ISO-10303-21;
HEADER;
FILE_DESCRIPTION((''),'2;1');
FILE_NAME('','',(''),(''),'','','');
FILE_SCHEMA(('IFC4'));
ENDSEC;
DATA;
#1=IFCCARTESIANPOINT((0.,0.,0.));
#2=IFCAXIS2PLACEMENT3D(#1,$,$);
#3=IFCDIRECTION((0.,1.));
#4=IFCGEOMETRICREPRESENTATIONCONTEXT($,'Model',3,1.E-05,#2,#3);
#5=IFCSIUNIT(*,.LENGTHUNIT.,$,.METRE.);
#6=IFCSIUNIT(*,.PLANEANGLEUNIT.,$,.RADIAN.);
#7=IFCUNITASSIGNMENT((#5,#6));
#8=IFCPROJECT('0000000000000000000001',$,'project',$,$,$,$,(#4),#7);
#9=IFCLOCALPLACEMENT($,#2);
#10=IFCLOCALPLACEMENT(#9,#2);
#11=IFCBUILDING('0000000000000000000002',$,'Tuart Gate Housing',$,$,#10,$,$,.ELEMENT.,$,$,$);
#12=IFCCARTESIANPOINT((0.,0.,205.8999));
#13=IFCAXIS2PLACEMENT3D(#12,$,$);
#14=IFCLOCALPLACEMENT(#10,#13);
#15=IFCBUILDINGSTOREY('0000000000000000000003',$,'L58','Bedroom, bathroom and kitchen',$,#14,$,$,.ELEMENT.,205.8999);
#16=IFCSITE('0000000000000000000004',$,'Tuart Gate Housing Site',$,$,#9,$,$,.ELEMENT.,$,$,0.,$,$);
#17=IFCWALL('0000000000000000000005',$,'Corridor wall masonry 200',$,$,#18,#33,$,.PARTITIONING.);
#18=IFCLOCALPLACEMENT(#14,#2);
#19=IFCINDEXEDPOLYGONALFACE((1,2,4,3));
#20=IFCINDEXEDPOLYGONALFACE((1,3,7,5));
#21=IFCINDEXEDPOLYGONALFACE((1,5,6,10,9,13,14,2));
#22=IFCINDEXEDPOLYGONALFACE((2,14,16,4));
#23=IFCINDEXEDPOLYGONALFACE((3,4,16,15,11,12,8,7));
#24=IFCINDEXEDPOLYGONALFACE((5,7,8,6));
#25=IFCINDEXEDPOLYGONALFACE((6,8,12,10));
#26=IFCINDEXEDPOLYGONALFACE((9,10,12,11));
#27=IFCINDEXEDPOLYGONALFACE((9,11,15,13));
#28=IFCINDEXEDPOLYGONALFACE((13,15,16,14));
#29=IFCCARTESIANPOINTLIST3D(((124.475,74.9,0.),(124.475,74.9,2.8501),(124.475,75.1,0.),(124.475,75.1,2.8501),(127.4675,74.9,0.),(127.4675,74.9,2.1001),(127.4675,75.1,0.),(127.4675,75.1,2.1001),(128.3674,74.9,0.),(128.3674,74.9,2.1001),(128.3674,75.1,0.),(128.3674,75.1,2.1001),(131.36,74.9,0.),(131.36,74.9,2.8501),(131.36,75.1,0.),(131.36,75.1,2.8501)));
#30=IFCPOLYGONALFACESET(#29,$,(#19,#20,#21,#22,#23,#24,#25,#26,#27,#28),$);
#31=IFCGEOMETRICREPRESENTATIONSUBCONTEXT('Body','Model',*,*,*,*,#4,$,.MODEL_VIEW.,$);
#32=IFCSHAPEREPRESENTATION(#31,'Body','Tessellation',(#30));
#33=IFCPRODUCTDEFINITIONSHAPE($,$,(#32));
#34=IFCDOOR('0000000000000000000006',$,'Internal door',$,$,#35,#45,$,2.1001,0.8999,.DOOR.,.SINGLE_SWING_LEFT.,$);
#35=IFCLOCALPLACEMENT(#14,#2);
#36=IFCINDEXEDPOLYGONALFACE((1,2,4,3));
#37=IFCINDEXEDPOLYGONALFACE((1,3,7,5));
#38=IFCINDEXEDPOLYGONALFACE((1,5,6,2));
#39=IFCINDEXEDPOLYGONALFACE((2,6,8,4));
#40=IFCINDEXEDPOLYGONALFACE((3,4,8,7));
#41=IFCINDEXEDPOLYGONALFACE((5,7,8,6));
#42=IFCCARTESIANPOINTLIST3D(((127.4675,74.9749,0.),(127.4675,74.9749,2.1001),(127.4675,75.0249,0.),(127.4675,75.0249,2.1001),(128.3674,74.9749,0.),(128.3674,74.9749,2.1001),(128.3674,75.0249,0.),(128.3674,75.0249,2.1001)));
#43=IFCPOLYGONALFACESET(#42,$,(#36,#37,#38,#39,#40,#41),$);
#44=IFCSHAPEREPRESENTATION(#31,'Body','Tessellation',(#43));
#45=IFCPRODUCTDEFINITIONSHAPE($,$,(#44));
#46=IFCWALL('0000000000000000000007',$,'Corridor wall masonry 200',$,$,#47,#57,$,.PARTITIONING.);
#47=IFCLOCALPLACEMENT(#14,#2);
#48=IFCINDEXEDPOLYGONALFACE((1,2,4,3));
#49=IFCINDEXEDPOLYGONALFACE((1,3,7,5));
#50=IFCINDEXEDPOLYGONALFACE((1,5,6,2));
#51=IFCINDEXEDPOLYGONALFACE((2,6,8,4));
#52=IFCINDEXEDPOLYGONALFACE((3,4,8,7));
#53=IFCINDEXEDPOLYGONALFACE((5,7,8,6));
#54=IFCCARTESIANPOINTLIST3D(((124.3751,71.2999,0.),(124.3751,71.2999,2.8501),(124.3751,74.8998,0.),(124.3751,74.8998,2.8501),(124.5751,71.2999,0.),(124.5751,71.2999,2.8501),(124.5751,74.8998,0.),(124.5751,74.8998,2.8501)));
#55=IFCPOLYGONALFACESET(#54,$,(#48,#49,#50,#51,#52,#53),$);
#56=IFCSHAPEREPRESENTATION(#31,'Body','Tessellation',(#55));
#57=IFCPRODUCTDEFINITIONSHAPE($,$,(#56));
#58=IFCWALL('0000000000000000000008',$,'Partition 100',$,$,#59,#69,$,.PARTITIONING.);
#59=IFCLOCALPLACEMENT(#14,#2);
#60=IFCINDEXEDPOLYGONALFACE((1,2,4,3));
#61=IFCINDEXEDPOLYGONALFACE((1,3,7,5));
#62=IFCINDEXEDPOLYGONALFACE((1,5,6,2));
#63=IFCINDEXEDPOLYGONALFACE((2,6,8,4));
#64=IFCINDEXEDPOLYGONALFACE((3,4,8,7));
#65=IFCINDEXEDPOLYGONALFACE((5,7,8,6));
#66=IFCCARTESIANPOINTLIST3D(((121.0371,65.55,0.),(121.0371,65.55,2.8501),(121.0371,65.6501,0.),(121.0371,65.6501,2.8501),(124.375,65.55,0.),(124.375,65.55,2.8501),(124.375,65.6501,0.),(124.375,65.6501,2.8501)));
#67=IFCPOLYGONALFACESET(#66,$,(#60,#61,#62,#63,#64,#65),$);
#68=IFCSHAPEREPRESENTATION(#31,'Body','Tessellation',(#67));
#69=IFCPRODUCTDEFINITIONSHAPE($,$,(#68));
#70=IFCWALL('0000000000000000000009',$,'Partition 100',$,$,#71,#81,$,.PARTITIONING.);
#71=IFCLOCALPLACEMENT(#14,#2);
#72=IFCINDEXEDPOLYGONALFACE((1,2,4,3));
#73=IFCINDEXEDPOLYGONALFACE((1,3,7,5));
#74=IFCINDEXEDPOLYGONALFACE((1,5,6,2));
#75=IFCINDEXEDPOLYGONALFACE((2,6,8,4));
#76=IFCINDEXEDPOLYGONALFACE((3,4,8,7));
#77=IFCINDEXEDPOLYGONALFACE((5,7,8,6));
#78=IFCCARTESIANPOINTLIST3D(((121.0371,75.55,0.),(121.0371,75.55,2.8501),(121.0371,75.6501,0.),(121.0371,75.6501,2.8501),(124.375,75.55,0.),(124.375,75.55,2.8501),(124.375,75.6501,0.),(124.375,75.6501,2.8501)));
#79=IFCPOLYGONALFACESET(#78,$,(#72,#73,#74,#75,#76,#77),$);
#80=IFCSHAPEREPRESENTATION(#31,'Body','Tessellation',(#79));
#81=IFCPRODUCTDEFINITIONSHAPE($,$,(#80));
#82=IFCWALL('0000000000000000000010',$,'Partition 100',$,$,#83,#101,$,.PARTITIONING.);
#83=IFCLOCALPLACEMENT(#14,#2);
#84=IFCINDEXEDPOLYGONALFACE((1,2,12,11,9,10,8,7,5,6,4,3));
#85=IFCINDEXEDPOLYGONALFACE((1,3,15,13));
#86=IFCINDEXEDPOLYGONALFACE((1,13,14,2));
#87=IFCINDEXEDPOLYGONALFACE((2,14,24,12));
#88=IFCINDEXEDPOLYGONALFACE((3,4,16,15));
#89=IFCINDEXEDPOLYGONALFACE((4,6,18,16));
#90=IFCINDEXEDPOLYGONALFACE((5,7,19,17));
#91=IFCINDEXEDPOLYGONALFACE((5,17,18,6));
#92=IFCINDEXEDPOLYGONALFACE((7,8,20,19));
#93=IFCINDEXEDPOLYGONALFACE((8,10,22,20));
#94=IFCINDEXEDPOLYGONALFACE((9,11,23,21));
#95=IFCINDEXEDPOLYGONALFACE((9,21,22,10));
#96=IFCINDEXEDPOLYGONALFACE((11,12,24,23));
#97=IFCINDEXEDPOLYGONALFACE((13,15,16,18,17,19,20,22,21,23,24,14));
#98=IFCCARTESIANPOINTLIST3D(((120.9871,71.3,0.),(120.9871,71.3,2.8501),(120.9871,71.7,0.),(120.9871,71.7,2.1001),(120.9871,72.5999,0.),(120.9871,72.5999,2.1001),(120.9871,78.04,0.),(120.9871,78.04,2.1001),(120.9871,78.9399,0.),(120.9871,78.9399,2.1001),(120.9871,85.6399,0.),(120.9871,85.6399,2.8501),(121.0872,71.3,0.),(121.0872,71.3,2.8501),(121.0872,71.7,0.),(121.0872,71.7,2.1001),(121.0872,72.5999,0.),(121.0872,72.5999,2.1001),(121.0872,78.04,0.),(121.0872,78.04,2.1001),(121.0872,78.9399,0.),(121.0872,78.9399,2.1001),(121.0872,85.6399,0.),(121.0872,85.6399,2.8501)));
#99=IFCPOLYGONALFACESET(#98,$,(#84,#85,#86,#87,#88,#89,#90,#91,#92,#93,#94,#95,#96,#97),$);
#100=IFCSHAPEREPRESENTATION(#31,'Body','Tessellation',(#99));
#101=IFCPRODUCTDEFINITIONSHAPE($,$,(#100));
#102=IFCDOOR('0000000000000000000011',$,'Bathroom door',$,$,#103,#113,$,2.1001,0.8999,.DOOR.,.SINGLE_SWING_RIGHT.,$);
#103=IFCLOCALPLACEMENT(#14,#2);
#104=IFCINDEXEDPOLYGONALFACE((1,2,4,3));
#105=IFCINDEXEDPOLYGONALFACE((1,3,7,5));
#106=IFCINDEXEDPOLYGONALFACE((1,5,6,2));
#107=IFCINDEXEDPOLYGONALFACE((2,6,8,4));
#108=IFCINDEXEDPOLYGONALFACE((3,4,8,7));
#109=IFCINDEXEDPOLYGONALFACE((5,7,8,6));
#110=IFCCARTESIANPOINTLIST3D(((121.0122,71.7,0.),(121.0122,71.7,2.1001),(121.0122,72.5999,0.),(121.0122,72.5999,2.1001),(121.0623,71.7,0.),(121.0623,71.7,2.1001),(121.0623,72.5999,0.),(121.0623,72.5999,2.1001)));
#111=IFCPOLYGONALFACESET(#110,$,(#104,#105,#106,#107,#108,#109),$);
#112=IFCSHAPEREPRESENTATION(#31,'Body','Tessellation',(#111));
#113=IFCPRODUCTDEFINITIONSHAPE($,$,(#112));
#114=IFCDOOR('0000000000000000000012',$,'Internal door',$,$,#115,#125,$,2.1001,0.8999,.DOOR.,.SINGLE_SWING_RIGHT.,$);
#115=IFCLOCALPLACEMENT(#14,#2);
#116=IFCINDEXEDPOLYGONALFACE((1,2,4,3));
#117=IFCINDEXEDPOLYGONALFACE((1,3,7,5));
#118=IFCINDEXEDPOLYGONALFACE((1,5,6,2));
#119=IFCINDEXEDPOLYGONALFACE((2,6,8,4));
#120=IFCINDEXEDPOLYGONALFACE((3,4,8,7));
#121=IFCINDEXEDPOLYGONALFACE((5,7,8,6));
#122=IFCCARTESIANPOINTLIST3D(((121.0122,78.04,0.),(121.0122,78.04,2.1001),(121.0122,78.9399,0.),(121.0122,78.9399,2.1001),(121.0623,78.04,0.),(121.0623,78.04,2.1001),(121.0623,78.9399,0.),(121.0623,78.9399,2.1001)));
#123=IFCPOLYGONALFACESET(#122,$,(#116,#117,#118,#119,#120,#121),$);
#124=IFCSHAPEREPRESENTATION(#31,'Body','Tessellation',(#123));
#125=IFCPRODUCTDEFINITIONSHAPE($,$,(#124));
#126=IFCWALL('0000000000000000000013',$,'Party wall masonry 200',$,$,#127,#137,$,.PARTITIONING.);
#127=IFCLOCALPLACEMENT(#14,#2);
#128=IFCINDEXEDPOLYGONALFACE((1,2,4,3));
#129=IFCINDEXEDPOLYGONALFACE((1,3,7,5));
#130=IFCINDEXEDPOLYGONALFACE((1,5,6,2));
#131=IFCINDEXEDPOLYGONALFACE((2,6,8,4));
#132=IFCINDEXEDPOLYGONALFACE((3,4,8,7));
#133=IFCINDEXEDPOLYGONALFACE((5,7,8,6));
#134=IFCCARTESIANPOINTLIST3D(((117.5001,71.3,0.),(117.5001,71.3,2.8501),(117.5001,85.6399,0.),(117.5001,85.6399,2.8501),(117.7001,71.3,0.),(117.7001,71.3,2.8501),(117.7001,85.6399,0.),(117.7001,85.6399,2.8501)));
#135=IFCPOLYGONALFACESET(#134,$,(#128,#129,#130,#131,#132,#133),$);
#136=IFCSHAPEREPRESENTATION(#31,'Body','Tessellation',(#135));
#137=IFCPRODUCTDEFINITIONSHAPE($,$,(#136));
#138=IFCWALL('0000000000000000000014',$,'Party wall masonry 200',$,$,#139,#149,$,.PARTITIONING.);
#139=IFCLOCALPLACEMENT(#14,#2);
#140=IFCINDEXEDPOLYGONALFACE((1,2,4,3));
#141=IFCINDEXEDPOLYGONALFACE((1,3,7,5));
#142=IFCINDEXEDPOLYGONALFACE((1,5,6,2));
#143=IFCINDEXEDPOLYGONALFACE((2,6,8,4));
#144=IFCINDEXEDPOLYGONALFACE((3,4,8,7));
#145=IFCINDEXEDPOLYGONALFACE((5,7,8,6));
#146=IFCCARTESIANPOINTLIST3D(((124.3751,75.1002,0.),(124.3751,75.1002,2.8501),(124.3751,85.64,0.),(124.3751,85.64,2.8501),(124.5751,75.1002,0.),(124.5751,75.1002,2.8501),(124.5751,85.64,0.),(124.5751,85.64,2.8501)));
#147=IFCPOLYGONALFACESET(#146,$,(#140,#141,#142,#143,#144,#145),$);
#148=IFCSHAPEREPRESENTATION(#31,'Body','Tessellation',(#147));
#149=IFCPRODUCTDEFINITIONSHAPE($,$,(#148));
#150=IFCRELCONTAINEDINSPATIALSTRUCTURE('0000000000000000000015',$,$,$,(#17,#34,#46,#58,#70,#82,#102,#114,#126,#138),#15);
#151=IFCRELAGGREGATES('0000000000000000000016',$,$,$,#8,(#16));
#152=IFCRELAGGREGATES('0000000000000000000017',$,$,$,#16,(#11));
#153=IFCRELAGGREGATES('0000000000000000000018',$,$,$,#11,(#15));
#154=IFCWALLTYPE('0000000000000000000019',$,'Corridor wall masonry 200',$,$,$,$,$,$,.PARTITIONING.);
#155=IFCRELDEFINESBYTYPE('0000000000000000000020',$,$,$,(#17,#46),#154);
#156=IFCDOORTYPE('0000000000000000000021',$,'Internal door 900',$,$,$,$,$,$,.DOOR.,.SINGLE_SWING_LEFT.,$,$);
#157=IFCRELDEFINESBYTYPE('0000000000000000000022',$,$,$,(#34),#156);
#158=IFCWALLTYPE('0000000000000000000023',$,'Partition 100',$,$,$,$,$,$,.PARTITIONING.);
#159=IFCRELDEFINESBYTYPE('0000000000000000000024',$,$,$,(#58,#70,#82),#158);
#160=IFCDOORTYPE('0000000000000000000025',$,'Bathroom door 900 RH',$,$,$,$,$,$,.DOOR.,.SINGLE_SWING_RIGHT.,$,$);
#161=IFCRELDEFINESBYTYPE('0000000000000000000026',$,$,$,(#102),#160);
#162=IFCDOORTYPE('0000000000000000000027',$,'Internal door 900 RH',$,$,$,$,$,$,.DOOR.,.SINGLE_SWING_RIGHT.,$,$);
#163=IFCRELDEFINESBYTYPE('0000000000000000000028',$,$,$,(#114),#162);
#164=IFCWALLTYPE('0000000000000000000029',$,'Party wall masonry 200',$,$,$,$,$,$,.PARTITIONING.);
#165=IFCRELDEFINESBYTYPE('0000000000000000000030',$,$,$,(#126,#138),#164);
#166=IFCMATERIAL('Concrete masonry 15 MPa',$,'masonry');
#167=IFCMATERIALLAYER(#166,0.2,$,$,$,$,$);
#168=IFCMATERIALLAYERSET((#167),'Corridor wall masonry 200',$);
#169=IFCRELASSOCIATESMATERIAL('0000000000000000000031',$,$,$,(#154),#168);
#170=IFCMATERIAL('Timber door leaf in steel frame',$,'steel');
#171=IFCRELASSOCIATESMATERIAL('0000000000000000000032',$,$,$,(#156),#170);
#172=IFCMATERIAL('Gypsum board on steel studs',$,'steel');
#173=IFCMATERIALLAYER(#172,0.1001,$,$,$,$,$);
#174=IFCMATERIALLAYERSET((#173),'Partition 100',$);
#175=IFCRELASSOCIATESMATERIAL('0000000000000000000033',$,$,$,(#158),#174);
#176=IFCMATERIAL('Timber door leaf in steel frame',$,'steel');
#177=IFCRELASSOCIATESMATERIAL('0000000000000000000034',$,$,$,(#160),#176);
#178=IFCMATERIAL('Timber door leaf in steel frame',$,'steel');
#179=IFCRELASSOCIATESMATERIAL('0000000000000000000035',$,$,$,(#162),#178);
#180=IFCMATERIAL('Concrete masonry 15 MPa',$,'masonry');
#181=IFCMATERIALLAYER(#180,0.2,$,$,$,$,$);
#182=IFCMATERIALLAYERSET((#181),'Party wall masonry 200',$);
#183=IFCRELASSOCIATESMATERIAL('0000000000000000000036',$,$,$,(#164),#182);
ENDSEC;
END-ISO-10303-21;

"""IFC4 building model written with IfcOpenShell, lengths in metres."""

from ifc_helpers import new_model, si_unit, direction, frame, frame_2d, origin, place, context, subcontext, project, spatial, rectangle, extrude, material, layer, layer_set, type_object, element, fill, save


model = new_model("IFC4")

# Units and contexts
model_context = context("Model", 3, precision=1e-05, world=origin(), true_north=direction((0.0, 1.0)))
body_context = subcontext(model_context, "Body", "Model", "MODEL_VIEW")
ifc_project = project(units=[si_unit("LENGTHUNIT", "METRE"), si_unit("PLANEANGLEUNIT", "RADIAN")], contexts=[model_context])

# Site, building, storey
site_placement = place(None, origin())
site = spatial("IfcSite", under=ifc_project, at=site_placement, Name="Tuart Gate Housing Site", CompositionType="ELEMENT", RefElevation=0.0)
building_placement = place(site_placement, origin())
building = spatial("IfcBuilding", under=site, at=building_placement, Name="Tuart Gate Housing", CompositionType="ELEMENT")
storey_placement = place(building_placement, frame((0.0, 0.0, 205.8999)))
storey = spatial("IfcBuildingStorey", under=building, at=storey_placement, Name="L58", Description="Bedroom, bathroom and kitchen", CompositionType="ELEMENT", Elevation=205.8999)

# Wall, opening, door
ifc_material_1 = material(Name="Concrete masonry 15 MPa", Category="masonry")
ifc_layer_1 = layer(ifc_material_1, 0.2)
ifc_layer_set_1 = layer_set([ifc_layer_1], Name="Corridor wall masonry 200")
wall_type_1 = type_object("IfcWallType", Name="Corridor wall masonry 200", PredefinedType="PARTITIONING", material=ifc_layer_set_1)
wall_1_placement = place(storey_placement, frame((124.4751, 75.0, 0.0), z_axis=(0.0, 0.0, 1.0), x_axis=(1.0, 0.0, 0.0)))
wall_1 = element("IfcWall", 1, at=wall_1_placement, inside=storey, type_object=wall_type_1, Name="Corridor wall masonry 200", PredefinedType="PARTITIONING", context=body_context, shape_type="SweptSolid", body=[
    extrude(rectangle(XDim=6.885, YDim=0.2, at=frame_2d((3.4424, 0.0))), origin(), (0.0, 0.0, 1.0), 2.8501),
])
opening_1_placement = place(wall_1_placement, frame((2.9924, 0.0, 0.0)))
opening_1 = element("IfcOpeningElement", 2, at=opening_1_placement, cuts=wall_1, PredefinedType="OPENING", context=body_context, shape_type="SweptSolid", body=[
    extrude(rectangle(XDim=0.8999, YDim=2.1001, at=frame_2d((0.45, 1.05))), frame((0.0, 0.1099, 0.0), z_axis=(0.0, -1.0, 0.0), x_axis=(1.0, 0.0, 0.0)), (0.0, 0.0, 1.0), 0.22),
])
ifc_material_2 = material(Name="Timber door leaf in steel frame", Category="steel")
door_type_1 = type_object("IfcDoorType", Name="Internal door 900", OperationType="SINGLE_SWING_LEFT", PredefinedType="DOOR", material=ifc_material_2)
door_1_placement = place(opening_1_placement, origin())
door_1 = element("IfcDoor", 3, at=door_1_placement, inside=storey, type_object=door_type_1, Name="Internal door", OperationType="SINGLE_SWING_LEFT", OverallHeight=2.1001, OverallWidth=0.8999, PredefinedType="DOOR", context=body_context, shape_type="SweptSolid", body=[
    extrude(rectangle(XDim=0.8999, YDim=2.1001, at=frame_2d((0.45, 1.05))), frame((0.0, 0.0249, 0.0), z_axis=(0.0, -1.0, 0.0), x_axis=(1.0, 0.0, 0.0)), (0.0, 0.0, 1.0), 0.05),
])
fill(opening_1, door_1)

# Walls
wall_2_placement = place(storey_placement, frame((124.4751, 71.3, 0.0), z_axis=(0.0, 0.0, 1.0), x_axis=(0.0, 1.0, 0.0)))
element("IfcWall", 4, at=wall_2_placement, inside=storey, type_object=wall_type_1, Name="Corridor wall masonry 200", PredefinedType="PARTITIONING", context=body_context, shape_type="SweptSolid", body=[
    extrude(rectangle(XDim=3.5999, YDim=0.2, at=frame_2d((1.7998, 0.0))), origin(), (0.0, 0.0, 1.0), 2.8501),
])
ifc_material_3 = material(Name="Gypsum board on steel studs", Category="steel")
ifc_layer_2 = layer(ifc_material_3, 0.1001)
ifc_layer_set_2 = layer_set([ifc_layer_2], Name="Partition 100")
wall_type_2 = type_object("IfcWallType", Name="Partition 100", PredefinedType="PARTITIONING", material=ifc_layer_set_2)
for number, where, z_axis, x_axis, name in (
    (5, (121.0371, 65.6001, 0.0), (0.0, 0.0, 1.0), (1.0, 0.0, 0.0), "Partition 100"),
    (6, (121.0371, 75.6001, 0.0), (0.0, 0.0, 1.0), (1.0, 0.0, 0.0), "Partition 100"),
):
    element("IfcWall", number, at=place(storey_placement, frame(where, z_axis=z_axis, x_axis=x_axis)), inside=storey, type_object=wall_type_2, Name=name, PredefinedType="PARTITIONING", context=body_context, shape_type="SweptSolid", body=[
        extrude(rectangle(XDim=3.3379, YDim=0.1001, at=frame_2d((1.6689, 0.0))), origin(), (0.0, 0.0, 1.0), 2.8501),
    ])

# Wall, openings, doors
wall_3_placement = place(storey_placement, frame((121.0371, 71.3, 0.0), z_axis=(0.0, 0.0, 1.0), x_axis=(0.0, 1.0, 0.0)))
wall_3 = element("IfcWall", 7, at=wall_3_placement, inside=storey, type_object=wall_type_2, Name="Partition 100", PredefinedType="PARTITIONING", context=body_context, shape_type="SweptSolid", body=[
    extrude(rectangle(XDim=14.3398, YDim=0.1001, at=frame_2d((7.1699, 0.0))), origin(), (0.0, 0.0, 1.0), 2.8501),
])
opening_2_placement = place(wall_3_placement, frame((6.74, 0.0, 0.0)))
opening_2 = element("IfcOpeningElement", 8, at=opening_2_placement, cuts=wall_3, PredefinedType="OPENING", context=body_context, shape_type="SweptSolid", body=[
    extrude(rectangle(XDim=0.8999, YDim=2.1001, at=frame_2d((0.45, 1.05))), frame((0.0, 0.0601, 0.0), z_axis=(0.0, -1.0, 0.0), x_axis=(1.0, 0.0, 0.0)), (0.0, 0.0, 1.0), 0.1201),
])
opening_3_placement = place(wall_3_placement, frame((0.3999, 0.0, 0.0)))
opening_3 = element("IfcOpeningElement", 9, at=opening_3_placement, cuts=wall_3, PredefinedType="OPENING", context=body_context, shape_type="SweptSolid", body=[
    extrude(rectangle(XDim=0.8999, YDim=2.1001, at=frame_2d((0.45, 1.05))), frame((0.0, 0.0601, 0.0), z_axis=(0.0, -1.0, 0.0), x_axis=(1.0, 0.0, 0.0)), (0.0, 0.0, 1.0), 0.1201),
])
ifc_material_4 = material(Name="Timber door leaf in steel frame", Category="steel")
door_type_2 = type_object("IfcDoorType", Name="Bathroom door 900 RH", OperationType="SINGLE_SWING_RIGHT", PredefinedType="DOOR", material=ifc_material_4)
door_2_placement = place(opening_3_placement, frame((0.8999, 0.0, 0.0), z_axis=(0.0, 0.0, 1.0), x_axis=(-1.0, 0.0, 0.0)))
door_2 = element("IfcDoor", 10, at=door_2_placement, inside=storey, type_object=door_type_2, Name="Bathroom door", OperationType="SINGLE_SWING_RIGHT", OverallHeight=2.1001, OverallWidth=0.8999, PredefinedType="DOOR", context=body_context, shape_type="SweptSolid", body=[
    extrude(rectangle(XDim=0.8999, YDim=2.1001, at=frame_2d((0.45, 1.05))), frame((0.0, 0.0251, 0.0), z_axis=(0.0, -1.0, 0.0), x_axis=(1.0, 0.0, 0.0)), (0.0, 0.0, 1.0), 0.05),
])
fill(opening_3, door_2)
ifc_material_5 = material(Name="Timber door leaf in steel frame", Category="steel")
door_type_3 = type_object("IfcDoorType", Name="Internal door 900 RH", OperationType="SINGLE_SWING_RIGHT", PredefinedType="DOOR", material=ifc_material_5)
door_3_placement = place(opening_2_placement, frame((0.8999, 0.0, 0.0), z_axis=(0.0, 0.0, 1.0), x_axis=(-1.0, 0.0, 0.0)))
door_3 = element("IfcDoor", 11, at=door_3_placement, inside=storey, type_object=door_type_3, Name="Internal door", OperationType="SINGLE_SWING_RIGHT", OverallHeight=2.1001, OverallWidth=0.8999, PredefinedType="DOOR", context=body_context, shape_type="SweptSolid", body=[
    extrude(rectangle(XDim=0.8999, YDim=2.1001, at=frame_2d((0.45, 1.05))), frame((0.0, 0.0251, 0.0), z_axis=(0.0, -1.0, 0.0), x_axis=(1.0, 0.0, 0.0)), (0.0, 0.0, 1.0), 0.05),
])
fill(opening_2, door_3)

# Walls
ifc_material_6 = material(Name="Concrete masonry 15 MPa", Category="masonry")
ifc_layer_3 = layer(ifc_material_6, 0.2)
ifc_layer_set_3 = layer_set([ifc_layer_3], Name="Party wall masonry 200")
wall_type_3 = type_object("IfcWallType", Name="Party wall masonry 200", PredefinedType="PARTITIONING", material=ifc_layer_set_3)
wall_4_placement = place(storey_placement, frame((117.6001, 71.3, 0.0), z_axis=(0.0, 0.0, 1.0), x_axis=(0.0, 1.0, 0.0)))
element("IfcWall", 12, at=wall_4_placement, inside=storey, type_object=wall_type_3, Name="Party wall masonry 200", PredefinedType="PARTITIONING", context=body_context, shape_type="SweptSolid", body=[
    extrude(rectangle(XDim=14.3398, YDim=0.2, at=frame_2d((7.1699, 0.0))), origin(), (0.0, 0.0, 1.0), 2.8501),
])
wall_5_placement = place(storey_placement, frame((124.4751, 75.1001, 0.0), z_axis=(0.0, 0.0, 1.0), x_axis=(0.0, 1.0, 0.0)))
element("IfcWall", 13, at=wall_5_placement, inside=storey, type_object=wall_type_3, Name="Party wall masonry 200", PredefinedType="PARTITIONING", context=body_context, shape_type="SweptSolid", body=[
    extrude(rectangle(XDim=10.5398, YDim=0.2, at=frame_2d((5.27, 0.0))), origin(), (0.0, 0.0, 1.0), 2.8501),
])

save(model, "model.ifc")
